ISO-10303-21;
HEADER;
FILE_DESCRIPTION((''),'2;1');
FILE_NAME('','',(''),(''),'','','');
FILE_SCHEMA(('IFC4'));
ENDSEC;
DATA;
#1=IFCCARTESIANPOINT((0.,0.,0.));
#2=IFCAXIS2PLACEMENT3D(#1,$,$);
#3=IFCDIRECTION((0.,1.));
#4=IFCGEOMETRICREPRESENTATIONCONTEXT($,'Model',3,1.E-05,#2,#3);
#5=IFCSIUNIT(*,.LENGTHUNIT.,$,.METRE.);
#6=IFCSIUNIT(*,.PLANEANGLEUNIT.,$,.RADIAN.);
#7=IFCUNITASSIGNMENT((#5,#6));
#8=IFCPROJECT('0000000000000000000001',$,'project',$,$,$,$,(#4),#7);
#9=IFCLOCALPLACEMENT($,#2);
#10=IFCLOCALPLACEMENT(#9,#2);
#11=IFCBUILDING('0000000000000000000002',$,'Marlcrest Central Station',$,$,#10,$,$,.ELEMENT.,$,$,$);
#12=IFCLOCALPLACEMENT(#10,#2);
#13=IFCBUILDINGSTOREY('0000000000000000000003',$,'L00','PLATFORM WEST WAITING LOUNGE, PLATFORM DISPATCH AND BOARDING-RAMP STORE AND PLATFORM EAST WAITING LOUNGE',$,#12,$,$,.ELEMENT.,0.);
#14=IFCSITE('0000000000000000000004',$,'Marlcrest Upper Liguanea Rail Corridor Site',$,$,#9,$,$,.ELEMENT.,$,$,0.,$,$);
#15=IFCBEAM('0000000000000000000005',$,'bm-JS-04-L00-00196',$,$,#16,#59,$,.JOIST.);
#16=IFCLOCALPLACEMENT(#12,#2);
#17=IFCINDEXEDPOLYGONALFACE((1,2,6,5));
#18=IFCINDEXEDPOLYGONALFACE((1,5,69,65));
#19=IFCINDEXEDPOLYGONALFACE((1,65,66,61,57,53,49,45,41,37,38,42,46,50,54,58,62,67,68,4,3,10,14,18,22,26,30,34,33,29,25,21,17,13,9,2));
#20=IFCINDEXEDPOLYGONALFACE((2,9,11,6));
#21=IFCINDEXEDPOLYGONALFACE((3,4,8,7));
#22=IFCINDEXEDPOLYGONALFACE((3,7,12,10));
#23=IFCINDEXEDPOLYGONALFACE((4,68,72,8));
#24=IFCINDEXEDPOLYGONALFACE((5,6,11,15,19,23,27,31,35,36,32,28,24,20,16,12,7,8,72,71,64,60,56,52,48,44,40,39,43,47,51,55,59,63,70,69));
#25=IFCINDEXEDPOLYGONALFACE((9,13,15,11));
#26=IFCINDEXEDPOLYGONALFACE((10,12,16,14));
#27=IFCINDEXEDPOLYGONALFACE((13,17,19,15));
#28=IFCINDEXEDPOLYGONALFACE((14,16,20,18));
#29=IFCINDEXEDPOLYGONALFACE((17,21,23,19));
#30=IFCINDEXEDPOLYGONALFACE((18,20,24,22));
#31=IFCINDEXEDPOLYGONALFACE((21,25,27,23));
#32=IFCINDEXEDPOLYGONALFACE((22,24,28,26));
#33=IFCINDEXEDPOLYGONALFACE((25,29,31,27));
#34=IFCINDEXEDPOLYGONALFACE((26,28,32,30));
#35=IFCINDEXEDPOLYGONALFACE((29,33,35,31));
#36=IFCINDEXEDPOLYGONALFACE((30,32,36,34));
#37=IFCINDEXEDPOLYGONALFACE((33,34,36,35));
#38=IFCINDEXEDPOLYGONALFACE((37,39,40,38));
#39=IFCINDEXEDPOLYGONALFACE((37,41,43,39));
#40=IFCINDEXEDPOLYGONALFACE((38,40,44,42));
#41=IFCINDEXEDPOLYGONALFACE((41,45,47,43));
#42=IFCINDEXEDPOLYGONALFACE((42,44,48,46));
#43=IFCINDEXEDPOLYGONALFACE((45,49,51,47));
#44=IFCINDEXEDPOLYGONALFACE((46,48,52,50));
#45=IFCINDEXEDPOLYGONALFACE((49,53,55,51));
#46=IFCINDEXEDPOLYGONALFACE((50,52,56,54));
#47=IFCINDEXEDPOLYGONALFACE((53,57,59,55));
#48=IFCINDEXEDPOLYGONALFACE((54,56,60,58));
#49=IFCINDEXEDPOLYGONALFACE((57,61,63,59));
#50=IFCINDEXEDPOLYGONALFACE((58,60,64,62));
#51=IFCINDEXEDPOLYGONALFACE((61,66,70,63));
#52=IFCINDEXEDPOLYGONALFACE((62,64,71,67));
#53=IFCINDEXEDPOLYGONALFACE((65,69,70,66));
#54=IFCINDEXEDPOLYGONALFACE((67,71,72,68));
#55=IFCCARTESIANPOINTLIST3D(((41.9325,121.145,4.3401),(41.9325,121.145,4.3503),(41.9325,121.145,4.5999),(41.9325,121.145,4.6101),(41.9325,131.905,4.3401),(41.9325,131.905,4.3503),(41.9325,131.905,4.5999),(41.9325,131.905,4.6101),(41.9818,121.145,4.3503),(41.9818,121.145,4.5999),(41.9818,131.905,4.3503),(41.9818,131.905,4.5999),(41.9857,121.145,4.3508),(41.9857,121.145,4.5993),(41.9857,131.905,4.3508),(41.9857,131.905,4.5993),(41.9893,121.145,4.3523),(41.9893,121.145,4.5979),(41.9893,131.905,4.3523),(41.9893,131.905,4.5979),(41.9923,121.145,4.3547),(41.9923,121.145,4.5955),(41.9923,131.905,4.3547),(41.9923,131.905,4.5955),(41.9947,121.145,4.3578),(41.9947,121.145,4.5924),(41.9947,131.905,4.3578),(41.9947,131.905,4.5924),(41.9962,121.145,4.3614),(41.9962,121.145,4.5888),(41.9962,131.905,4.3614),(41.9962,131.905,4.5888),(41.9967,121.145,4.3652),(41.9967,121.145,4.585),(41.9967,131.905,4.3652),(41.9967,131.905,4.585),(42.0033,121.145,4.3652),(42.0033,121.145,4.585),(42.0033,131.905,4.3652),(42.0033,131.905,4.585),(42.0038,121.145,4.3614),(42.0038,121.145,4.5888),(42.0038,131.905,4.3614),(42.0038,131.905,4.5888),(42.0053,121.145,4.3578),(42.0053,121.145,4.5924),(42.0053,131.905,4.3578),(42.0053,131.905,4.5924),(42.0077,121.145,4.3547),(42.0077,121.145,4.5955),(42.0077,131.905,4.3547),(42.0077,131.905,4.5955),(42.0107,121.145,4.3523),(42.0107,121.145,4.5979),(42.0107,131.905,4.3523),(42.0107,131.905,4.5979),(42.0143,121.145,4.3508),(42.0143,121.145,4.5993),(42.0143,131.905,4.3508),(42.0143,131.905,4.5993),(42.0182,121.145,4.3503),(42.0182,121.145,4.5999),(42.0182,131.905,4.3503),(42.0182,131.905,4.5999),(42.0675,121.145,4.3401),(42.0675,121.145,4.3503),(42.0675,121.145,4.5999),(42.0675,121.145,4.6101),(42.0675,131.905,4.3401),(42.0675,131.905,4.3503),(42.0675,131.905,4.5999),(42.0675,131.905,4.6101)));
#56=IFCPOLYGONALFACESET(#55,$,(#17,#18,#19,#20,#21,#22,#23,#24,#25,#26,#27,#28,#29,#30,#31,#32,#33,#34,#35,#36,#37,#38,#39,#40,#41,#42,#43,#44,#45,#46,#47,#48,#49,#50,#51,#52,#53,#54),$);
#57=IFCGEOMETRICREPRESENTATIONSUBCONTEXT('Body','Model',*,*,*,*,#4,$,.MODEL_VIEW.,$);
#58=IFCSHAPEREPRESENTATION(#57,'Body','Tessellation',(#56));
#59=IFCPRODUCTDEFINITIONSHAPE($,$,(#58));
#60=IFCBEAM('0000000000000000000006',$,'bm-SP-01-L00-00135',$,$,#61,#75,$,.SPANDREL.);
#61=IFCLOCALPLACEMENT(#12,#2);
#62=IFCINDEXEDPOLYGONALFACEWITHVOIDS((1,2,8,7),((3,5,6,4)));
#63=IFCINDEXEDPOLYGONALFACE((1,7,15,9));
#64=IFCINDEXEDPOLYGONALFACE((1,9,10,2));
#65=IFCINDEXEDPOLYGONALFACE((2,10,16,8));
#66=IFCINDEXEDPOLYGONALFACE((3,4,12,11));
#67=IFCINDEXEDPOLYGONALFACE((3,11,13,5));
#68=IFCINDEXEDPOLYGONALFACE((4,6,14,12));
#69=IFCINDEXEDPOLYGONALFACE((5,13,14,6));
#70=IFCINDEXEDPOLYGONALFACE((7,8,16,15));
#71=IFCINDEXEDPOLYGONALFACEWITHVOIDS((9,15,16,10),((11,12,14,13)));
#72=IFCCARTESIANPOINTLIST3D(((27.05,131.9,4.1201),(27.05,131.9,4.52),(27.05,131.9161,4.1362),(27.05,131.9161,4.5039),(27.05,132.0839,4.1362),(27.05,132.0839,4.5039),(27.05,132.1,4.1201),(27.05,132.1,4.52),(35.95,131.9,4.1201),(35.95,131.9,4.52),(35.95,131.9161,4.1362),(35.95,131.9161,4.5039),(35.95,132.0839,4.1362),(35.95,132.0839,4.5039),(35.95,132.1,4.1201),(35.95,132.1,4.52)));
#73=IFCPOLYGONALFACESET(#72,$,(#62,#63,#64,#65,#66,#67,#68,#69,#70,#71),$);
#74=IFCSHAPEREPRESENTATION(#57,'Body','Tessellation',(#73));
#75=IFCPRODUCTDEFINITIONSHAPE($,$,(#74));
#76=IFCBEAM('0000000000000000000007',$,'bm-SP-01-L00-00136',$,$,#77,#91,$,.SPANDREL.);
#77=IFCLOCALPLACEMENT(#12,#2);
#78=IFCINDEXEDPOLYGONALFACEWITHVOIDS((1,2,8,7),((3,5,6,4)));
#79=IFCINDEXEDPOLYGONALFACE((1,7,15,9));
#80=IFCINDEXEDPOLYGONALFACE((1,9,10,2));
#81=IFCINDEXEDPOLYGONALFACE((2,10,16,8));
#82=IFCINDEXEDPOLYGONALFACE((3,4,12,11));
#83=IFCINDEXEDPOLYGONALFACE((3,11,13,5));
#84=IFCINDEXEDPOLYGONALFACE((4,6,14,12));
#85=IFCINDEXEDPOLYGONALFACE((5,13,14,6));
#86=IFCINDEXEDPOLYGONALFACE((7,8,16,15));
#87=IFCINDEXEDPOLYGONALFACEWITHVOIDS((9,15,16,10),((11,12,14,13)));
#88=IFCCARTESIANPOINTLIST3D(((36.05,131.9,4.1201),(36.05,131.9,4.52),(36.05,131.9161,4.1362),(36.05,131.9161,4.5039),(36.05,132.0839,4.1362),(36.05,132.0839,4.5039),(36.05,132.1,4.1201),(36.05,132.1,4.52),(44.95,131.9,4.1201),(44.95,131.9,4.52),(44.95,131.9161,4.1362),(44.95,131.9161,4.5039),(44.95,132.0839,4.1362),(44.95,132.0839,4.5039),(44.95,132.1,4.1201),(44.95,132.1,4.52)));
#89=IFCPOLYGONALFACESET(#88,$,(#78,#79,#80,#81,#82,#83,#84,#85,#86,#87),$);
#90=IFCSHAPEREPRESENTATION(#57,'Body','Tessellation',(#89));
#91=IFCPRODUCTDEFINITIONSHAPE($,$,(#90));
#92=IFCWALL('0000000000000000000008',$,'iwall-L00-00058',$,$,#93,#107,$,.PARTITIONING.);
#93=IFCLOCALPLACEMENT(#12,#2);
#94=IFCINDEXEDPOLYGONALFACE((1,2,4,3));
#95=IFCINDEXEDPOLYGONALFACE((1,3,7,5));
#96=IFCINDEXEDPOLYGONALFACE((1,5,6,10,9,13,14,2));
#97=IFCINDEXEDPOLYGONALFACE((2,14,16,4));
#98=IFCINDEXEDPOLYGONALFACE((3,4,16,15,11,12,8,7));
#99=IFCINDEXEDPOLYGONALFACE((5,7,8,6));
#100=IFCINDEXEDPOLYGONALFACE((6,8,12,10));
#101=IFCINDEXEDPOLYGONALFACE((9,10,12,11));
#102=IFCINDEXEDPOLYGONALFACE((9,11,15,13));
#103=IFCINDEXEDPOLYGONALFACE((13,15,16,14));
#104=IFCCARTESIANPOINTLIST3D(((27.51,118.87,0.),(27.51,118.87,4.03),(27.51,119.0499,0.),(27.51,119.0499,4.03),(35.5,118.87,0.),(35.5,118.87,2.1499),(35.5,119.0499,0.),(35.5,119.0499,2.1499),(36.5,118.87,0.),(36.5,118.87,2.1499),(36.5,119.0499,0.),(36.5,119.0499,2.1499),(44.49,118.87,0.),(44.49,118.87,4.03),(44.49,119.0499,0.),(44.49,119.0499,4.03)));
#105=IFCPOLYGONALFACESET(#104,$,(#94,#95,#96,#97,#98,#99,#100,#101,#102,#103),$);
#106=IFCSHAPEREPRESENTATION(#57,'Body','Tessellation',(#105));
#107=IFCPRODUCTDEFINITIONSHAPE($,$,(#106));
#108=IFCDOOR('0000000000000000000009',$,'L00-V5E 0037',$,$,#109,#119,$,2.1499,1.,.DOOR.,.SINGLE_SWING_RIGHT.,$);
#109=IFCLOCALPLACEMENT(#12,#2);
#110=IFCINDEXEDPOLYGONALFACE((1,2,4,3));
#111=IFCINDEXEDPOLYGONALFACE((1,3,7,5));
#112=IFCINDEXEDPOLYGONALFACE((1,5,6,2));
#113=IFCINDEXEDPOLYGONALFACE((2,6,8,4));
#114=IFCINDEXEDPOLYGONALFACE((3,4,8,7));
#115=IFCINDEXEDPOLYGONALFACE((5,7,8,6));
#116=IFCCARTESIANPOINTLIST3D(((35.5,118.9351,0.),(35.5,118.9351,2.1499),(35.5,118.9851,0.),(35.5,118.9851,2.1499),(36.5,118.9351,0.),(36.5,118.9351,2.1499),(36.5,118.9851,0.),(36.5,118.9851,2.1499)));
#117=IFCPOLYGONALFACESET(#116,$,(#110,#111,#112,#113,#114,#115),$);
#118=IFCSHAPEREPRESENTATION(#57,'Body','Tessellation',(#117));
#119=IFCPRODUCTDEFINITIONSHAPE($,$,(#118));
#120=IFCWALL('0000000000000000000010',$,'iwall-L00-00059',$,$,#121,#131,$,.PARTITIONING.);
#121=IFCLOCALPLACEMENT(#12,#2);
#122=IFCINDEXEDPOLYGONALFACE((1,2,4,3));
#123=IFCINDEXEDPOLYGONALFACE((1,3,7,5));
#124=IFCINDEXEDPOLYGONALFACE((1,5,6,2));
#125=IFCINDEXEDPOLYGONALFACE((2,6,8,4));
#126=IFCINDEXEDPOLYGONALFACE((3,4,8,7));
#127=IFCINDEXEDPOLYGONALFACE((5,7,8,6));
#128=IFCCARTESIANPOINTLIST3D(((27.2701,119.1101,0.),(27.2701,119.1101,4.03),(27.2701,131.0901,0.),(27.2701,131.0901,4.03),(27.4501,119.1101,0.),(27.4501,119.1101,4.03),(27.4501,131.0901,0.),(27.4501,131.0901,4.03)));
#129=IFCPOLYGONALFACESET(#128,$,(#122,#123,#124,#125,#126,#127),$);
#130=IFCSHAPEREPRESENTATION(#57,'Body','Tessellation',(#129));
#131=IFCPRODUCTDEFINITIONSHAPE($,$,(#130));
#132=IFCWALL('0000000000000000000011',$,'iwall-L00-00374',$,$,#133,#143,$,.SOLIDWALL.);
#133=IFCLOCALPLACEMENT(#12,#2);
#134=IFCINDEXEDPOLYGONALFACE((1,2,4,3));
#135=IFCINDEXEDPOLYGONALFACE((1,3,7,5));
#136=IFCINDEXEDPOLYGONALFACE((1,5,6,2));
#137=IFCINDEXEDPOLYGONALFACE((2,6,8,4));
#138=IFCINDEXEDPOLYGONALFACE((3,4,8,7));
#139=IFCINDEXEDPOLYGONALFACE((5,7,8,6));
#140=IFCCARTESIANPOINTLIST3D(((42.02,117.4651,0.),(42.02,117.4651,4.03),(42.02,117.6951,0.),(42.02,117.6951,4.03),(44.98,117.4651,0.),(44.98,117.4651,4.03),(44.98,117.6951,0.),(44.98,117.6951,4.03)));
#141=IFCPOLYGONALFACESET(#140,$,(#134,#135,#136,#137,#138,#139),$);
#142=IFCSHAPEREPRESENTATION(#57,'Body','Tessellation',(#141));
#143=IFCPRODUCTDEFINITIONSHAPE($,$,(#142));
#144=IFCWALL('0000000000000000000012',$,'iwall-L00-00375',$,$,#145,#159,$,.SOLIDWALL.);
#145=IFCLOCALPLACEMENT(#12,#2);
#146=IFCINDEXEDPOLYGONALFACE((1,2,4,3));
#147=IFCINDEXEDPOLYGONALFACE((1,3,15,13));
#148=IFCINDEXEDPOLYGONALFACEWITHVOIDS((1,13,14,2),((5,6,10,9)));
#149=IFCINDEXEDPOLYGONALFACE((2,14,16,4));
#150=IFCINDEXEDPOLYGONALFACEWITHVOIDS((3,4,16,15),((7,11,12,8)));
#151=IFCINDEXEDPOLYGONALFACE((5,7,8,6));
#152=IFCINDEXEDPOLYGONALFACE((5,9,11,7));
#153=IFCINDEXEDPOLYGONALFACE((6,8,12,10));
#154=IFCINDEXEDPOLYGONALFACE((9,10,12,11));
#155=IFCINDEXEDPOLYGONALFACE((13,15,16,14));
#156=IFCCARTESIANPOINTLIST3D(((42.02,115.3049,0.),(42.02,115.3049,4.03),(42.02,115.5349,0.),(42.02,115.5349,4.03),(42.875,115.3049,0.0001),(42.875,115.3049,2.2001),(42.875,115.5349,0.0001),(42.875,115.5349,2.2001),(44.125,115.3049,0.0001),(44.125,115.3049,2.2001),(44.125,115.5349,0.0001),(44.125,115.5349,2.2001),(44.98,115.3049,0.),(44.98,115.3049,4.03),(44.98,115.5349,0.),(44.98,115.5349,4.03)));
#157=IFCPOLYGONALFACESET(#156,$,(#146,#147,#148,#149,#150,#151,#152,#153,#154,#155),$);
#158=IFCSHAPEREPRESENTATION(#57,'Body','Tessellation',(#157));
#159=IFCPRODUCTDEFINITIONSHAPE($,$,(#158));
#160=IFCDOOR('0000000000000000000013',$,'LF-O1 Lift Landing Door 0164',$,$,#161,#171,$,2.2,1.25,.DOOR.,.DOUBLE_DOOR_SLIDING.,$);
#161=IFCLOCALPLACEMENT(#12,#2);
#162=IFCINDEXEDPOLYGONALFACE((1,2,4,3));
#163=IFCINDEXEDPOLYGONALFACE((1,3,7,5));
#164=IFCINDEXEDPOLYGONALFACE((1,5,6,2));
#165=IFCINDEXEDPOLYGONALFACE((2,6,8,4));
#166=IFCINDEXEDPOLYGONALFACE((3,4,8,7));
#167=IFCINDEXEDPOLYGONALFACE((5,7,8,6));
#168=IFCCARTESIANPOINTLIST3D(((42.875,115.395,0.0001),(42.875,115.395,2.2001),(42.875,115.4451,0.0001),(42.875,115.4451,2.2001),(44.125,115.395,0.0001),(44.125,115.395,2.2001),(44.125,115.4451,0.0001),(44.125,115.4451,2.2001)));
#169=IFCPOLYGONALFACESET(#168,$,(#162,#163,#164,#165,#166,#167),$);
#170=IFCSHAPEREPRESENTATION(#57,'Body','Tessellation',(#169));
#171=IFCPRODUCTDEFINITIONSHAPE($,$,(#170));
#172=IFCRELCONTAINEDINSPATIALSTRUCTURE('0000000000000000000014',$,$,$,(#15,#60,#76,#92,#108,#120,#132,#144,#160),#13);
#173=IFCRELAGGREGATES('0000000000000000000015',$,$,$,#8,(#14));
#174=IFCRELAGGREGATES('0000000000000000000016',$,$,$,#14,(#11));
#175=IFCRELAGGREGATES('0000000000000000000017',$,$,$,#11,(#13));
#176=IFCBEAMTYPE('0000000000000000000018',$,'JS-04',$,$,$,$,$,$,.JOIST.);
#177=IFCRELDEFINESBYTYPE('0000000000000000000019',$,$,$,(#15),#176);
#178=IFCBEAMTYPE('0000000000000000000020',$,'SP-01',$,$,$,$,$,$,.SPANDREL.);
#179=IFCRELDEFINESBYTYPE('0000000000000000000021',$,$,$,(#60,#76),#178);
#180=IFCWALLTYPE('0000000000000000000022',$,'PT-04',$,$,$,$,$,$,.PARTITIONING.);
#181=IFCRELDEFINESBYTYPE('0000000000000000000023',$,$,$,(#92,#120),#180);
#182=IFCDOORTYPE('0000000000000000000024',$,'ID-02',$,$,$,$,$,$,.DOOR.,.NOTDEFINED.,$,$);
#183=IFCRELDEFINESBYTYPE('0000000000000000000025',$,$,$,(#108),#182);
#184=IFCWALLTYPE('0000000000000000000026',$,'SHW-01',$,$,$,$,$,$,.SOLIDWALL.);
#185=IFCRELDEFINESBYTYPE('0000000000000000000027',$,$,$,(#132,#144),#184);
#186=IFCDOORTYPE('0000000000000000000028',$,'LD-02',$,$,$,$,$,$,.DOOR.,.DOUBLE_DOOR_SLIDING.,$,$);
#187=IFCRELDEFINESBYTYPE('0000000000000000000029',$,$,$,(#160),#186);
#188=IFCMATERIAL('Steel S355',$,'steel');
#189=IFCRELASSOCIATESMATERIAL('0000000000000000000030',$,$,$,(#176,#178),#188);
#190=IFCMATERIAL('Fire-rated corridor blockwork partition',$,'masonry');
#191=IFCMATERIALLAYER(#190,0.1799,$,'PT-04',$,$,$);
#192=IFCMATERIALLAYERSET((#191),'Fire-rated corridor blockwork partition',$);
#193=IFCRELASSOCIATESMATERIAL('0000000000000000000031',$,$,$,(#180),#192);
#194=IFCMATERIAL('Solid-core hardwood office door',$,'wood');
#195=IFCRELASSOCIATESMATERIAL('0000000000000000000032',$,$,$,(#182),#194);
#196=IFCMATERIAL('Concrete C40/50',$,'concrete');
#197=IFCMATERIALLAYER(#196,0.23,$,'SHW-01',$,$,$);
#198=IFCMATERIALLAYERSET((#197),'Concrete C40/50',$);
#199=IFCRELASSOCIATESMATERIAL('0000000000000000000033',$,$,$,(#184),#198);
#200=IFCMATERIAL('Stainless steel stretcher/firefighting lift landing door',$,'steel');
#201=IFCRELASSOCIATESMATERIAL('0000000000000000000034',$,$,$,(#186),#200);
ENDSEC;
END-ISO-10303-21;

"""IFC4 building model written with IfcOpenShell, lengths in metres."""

from ifc_helpers import new_model, si_unit, direction, frame, frame_2d, origin, origin_2d, place, context, subcontext, project, spatial, rectangle, hollow_rectangle, i_section, extrude, material, layer, layer_set, material_profile, profile_set, type_object, element, fill, save


model = new_model("IFC4")

# Units and contexts
model_context = context("Model", 3, precision=1e-05, world=origin(), true_north=direction((0.0, 1.0)))
body_context = subcontext(model_context, "Body", "Model", "MODEL_VIEW")
ifc_project = project(units=[si_unit("LENGTHUNIT", "METRE"), si_unit("PLANEANGLEUNIT", "RADIAN")], contexts=[model_context])

# Site, building, storey
site_placement = place(None, origin())
site = spatial("IfcSite", under=ifc_project, at=site_placement, Name="Marlcrest Upper Liguanea Rail Corridor Site", CompositionType="ELEMENT", RefElevation=0.0)
building_placement = place(site_placement, origin())
building = spatial("IfcBuilding", under=site, at=building_placement, Name="Marlcrest Central Station", CompositionType="ELEMENT")
storey_placement = place(building_placement, origin())
storey = spatial("IfcBuildingStorey", under=building, at=storey_placement, Name="L00", Description="PLATFORM WEST WAITING LOUNGE, PLATFORM DISPATCH AND BOARDING-RAMP STORE AND PLATFORM EAST WAITING LOUNGE", CompositionType="ELEMENT", Elevation=0.0)

# Shared definitions
ifc_material_1 = material(Name="Concrete C40/50", Category="concrete")

# Shared definitions
ifc_material_2 = material(Name="Steel S355", Category="steel")

# Beams
ifc_material_profile_1 = material_profile(ifc_material_2, i_section(OverallWidth=0.135, OverallDepth=0.27, WebThickness=0.0066, FlangeThickness=0.0103, FilletRadius=0.0149, at=origin_2d()), Name="IPE 270")
ifc_profile_set_1 = profile_set([ifc_material_profile_1], Name="Steel S355")
beam_type_1 = type_object("IfcBeamType", Name="JS-04", PredefinedType="JOIST", material=ifc_profile_set_1)
for number, where, z_axis, x_axis, name in (
    (1, (42.0, 121.145, 4.4751), (0.0, 1.0, 0.0), (-1.0, 0.0, 0.0), "bm-JS-04-L00-00196"),
):
    element("IfcBeam", number, at=place(storey_placement, frame(where, z_axis=z_axis, x_axis=x_axis)), inside=storey, type_object=beam_type_1, Name=name, PredefinedType="JOIST", context=body_context, shape_type="SweptSolid", body=[
        extrude(i_section(OverallWidth=0.135, OverallDepth=0.27, WebThickness=0.0066, FlangeThickness=0.0103, FilletRadius=0.0149, at=origin_2d()), origin(), (0.0, 0.0, 1.0), 10.76),
    ])
ifc_material_profile_2 = material_profile(ifc_material_2, hollow_rectangle(XDim=0.2, YDim=0.3999, WallThickness=0.0161, at=origin_2d()), Name="RHS 400x200x16")
ifc_profile_set_2 = profile_set([ifc_material_profile_2], Name="Steel S355")
beam_type_2 = type_object("IfcBeamType", Name="SP-01", PredefinedType="SPANDREL", material=ifc_profile_set_2)
for number, where, z_axis, x_axis, name in (
    (2, (27.05, 132.0, 4.3201), (1.0, 0.0, 0.0), (0.0, 1.0, 0.0), "bm-SP-01-L00-00135"),
    (3, (36.05, 132.0, 4.3201), (1.0, 0.0, 0.0), (0.0, 1.0, 0.0), "bm-SP-01-L00-00136"),
):
    element("IfcBeam", number, at=place(storey_placement, frame(where, z_axis=z_axis, x_axis=x_axis)), inside=storey, type_object=beam_type_2, Name=name, PredefinedType="SPANDREL", context=body_context, shape_type="SweptSolid", body=[
        extrude(hollow_rectangle(XDim=0.2, YDim=0.3999, WallThickness=0.0161, at=origin_2d()), origin(), (0.0, 0.0, 1.0), 8.8999),
    ])

# Wall, opening, door
ifc_material_3 = material(Name="Fire-rated corridor blockwork partition", Category="masonry")
ifc_layer_1 = layer(ifc_material_3, 0.1799, Name="PT-04")
ifc_layer_set_1 = layer_set([ifc_layer_1], Name="Fire-rated corridor blockwork partition")
wall_type_1 = type_object("IfcWallType", Name="PT-04", PredefinedType="PARTITIONING", material=ifc_layer_set_1)
wall_1_placement = place(storey_placement, frame((44.49, 118.96, 0.0), z_axis=(0.0, 0.0, 1.0), x_axis=(-1.0, 0.0, 0.0)))
wall_1 = element("IfcWall", 4, at=wall_1_placement, inside=storey, type_object=wall_type_1, Name="iwall-L00-00058", PredefinedType="PARTITIONING", context=body_context, shape_type="SweptSolid", body=[
    extrude(rectangle(XDim=16.98, YDim=0.1799, at=frame_2d((8.49, 0.0))), origin(), (0.0, 0.0, 1.0), 4.03),
])
opening_1_placement = place(wall_1_placement, frame((7.99, 0.0, 0.0)))
opening_1 = element("IfcOpeningElement", 5, at=opening_1_placement, cuts=wall_1, PredefinedType="OPENING", context=body_context, shape_type="SweptSolid", body=[
    extrude(rectangle(XDim=1.0, YDim=2.1499, at=frame_2d((0.5, 1.075))), frame((0.0, 0.0999, 0.0), z_axis=(0.0, -1.0, 0.0), x_axis=(1.0, 0.0, 0.0)), (0.0, 0.0, 1.0), 0.2),
])
ifc_material_4 = material(Name="Solid-core hardwood office door", Category="wood")
door_type_1 = type_object("IfcDoorType", Name="ID-02", OperationType="NOTDEFINED", PredefinedType="DOOR", material=ifc_material_4)
door_1_placement = place(opening_1_placement, origin())
door_1 = element("IfcDoor", 6, at=door_1_placement, inside=storey, type_object=door_type_1, Name="L00-V5E 0037", OperationType="SINGLE_SWING_RIGHT", OverallHeight=2.1499, OverallWidth=1.0, PredefinedType="DOOR", context=body_context, shape_type="SweptSolid", body=[
    extrude(rectangle(XDim=1.0, YDim=2.1499, at=frame_2d((0.5, 1.075))), frame((0.0, 0.0249, 0.0), z_axis=(0.0, -1.0, 0.0), x_axis=(1.0, 0.0, 0.0)), (0.0, 0.0, 1.0), 0.05),
])
fill(opening_1, door_1)

# Walls
wall_2_placement = place(storey_placement, frame((27.3601, 119.1101, 0.0), z_axis=(0.0, 0.0, 1.0), x_axis=(0.0, 1.0, 0.0)))
element("IfcWall", 7, at=wall_2_placement, inside=storey, type_object=wall_type_1, Name="iwall-L00-00059", PredefinedType="PARTITIONING", context=body_context, shape_type="SweptSolid", body=[
    extrude(rectangle(XDim=11.98, YDim=0.1799, at=frame_2d((5.99, 0.0))), origin(), (0.0, 0.0, 1.0), 4.03),
])
ifc_layer_2 = layer(ifc_material_1, 0.23, Name="SHW-01")
ifc_layer_set_2 = layer_set([ifc_layer_2], Name="Concrete C40/50")
wall_type_2 = type_object("IfcWallType", Name="SHW-01", PredefinedType="SOLIDWALL", material=ifc_layer_set_2)
wall_3_placement = place(storey_placement, frame((42.02, 117.5801, 0.0), z_axis=(0.0, 0.0, 1.0), x_axis=(1.0, 0.0, 0.0)))
element("IfcWall", 8, at=wall_3_placement, inside=storey, type_object=wall_type_2, Name="iwall-L00-00374", PredefinedType="SOLIDWALL", context=body_context, shape_type="SweptSolid", body=[
    extrude(rectangle(XDim=2.96, YDim=0.23, at=frame_2d((1.48, 0.0))), origin(), (0.0, 0.0, 1.0), 4.03),
])

# Wall, opening, door
wall_4_placement = place(storey_placement, frame((44.98, 115.4199, 0.0), z_axis=(0.0, 0.0, 1.0), x_axis=(-1.0, 0.0, 0.0)))
wall_4 = element("IfcWall", 9, at=wall_4_placement, inside=storey, type_object=wall_type_2, Name="iwall-L00-00375", PredefinedType="SOLIDWALL", context=body_context, shape_type="SweptSolid", body=[
    extrude(rectangle(XDim=2.96, YDim=0.23, at=frame_2d((1.48, 0.0))), origin(), (0.0, 0.0, 1.0), 4.03),
])
opening_2_placement = place(wall_4_placement, frame((0.855, 0.0, 0.0)))
opening_2 = element("IfcOpeningElement", 10, at=opening_2_placement, cuts=wall_4, PredefinedType="OPENING", context=body_context, shape_type="SweptSolid", body=[
    extrude(rectangle(XDim=1.25, YDim=2.2, at=frame_2d((0.625, 1.1001))), frame((0.0, 0.125, 0.0), z_axis=(0.0, -1.0, 0.0), x_axis=(1.0, 0.0, 0.0)), (0.0, 0.0, 1.0), 0.25),
])
ifc_material_5 = material(Name="Stainless steel stretcher/firefighting lift landing door", Category="steel")
door_type_2 = type_object("IfcDoorType", Name="LD-02", OperationType="DOUBLE_DOOR_SLIDING", PredefinedType="DOOR", material=ifc_material_5)
door_2_placement = place(opening_2_placement, origin())
door_2 = element("IfcDoor", 11, at=door_2_placement, inside=storey, type_object=door_type_2, Name="LF-O1 Lift Landing Door 0164", OperationType="DOUBLE_DOOR_SLIDING", OverallHeight=2.2, OverallWidth=1.25, PredefinedType="DOOR", context=body_context, shape_type="SweptSolid", body=[
    extrude(rectangle(XDim=1.25, YDim=2.2, at=frame_2d((0.625, 1.1001))), frame((0.0, 0.0249, 0.0), z_axis=(0.0, -1.0, 0.0), x_axis=(1.0, 0.0, 0.0)), (0.0, 0.0, 1.0), 0.05),
])
fill(opening_2, door_2)

save(model, "model.ifc")
